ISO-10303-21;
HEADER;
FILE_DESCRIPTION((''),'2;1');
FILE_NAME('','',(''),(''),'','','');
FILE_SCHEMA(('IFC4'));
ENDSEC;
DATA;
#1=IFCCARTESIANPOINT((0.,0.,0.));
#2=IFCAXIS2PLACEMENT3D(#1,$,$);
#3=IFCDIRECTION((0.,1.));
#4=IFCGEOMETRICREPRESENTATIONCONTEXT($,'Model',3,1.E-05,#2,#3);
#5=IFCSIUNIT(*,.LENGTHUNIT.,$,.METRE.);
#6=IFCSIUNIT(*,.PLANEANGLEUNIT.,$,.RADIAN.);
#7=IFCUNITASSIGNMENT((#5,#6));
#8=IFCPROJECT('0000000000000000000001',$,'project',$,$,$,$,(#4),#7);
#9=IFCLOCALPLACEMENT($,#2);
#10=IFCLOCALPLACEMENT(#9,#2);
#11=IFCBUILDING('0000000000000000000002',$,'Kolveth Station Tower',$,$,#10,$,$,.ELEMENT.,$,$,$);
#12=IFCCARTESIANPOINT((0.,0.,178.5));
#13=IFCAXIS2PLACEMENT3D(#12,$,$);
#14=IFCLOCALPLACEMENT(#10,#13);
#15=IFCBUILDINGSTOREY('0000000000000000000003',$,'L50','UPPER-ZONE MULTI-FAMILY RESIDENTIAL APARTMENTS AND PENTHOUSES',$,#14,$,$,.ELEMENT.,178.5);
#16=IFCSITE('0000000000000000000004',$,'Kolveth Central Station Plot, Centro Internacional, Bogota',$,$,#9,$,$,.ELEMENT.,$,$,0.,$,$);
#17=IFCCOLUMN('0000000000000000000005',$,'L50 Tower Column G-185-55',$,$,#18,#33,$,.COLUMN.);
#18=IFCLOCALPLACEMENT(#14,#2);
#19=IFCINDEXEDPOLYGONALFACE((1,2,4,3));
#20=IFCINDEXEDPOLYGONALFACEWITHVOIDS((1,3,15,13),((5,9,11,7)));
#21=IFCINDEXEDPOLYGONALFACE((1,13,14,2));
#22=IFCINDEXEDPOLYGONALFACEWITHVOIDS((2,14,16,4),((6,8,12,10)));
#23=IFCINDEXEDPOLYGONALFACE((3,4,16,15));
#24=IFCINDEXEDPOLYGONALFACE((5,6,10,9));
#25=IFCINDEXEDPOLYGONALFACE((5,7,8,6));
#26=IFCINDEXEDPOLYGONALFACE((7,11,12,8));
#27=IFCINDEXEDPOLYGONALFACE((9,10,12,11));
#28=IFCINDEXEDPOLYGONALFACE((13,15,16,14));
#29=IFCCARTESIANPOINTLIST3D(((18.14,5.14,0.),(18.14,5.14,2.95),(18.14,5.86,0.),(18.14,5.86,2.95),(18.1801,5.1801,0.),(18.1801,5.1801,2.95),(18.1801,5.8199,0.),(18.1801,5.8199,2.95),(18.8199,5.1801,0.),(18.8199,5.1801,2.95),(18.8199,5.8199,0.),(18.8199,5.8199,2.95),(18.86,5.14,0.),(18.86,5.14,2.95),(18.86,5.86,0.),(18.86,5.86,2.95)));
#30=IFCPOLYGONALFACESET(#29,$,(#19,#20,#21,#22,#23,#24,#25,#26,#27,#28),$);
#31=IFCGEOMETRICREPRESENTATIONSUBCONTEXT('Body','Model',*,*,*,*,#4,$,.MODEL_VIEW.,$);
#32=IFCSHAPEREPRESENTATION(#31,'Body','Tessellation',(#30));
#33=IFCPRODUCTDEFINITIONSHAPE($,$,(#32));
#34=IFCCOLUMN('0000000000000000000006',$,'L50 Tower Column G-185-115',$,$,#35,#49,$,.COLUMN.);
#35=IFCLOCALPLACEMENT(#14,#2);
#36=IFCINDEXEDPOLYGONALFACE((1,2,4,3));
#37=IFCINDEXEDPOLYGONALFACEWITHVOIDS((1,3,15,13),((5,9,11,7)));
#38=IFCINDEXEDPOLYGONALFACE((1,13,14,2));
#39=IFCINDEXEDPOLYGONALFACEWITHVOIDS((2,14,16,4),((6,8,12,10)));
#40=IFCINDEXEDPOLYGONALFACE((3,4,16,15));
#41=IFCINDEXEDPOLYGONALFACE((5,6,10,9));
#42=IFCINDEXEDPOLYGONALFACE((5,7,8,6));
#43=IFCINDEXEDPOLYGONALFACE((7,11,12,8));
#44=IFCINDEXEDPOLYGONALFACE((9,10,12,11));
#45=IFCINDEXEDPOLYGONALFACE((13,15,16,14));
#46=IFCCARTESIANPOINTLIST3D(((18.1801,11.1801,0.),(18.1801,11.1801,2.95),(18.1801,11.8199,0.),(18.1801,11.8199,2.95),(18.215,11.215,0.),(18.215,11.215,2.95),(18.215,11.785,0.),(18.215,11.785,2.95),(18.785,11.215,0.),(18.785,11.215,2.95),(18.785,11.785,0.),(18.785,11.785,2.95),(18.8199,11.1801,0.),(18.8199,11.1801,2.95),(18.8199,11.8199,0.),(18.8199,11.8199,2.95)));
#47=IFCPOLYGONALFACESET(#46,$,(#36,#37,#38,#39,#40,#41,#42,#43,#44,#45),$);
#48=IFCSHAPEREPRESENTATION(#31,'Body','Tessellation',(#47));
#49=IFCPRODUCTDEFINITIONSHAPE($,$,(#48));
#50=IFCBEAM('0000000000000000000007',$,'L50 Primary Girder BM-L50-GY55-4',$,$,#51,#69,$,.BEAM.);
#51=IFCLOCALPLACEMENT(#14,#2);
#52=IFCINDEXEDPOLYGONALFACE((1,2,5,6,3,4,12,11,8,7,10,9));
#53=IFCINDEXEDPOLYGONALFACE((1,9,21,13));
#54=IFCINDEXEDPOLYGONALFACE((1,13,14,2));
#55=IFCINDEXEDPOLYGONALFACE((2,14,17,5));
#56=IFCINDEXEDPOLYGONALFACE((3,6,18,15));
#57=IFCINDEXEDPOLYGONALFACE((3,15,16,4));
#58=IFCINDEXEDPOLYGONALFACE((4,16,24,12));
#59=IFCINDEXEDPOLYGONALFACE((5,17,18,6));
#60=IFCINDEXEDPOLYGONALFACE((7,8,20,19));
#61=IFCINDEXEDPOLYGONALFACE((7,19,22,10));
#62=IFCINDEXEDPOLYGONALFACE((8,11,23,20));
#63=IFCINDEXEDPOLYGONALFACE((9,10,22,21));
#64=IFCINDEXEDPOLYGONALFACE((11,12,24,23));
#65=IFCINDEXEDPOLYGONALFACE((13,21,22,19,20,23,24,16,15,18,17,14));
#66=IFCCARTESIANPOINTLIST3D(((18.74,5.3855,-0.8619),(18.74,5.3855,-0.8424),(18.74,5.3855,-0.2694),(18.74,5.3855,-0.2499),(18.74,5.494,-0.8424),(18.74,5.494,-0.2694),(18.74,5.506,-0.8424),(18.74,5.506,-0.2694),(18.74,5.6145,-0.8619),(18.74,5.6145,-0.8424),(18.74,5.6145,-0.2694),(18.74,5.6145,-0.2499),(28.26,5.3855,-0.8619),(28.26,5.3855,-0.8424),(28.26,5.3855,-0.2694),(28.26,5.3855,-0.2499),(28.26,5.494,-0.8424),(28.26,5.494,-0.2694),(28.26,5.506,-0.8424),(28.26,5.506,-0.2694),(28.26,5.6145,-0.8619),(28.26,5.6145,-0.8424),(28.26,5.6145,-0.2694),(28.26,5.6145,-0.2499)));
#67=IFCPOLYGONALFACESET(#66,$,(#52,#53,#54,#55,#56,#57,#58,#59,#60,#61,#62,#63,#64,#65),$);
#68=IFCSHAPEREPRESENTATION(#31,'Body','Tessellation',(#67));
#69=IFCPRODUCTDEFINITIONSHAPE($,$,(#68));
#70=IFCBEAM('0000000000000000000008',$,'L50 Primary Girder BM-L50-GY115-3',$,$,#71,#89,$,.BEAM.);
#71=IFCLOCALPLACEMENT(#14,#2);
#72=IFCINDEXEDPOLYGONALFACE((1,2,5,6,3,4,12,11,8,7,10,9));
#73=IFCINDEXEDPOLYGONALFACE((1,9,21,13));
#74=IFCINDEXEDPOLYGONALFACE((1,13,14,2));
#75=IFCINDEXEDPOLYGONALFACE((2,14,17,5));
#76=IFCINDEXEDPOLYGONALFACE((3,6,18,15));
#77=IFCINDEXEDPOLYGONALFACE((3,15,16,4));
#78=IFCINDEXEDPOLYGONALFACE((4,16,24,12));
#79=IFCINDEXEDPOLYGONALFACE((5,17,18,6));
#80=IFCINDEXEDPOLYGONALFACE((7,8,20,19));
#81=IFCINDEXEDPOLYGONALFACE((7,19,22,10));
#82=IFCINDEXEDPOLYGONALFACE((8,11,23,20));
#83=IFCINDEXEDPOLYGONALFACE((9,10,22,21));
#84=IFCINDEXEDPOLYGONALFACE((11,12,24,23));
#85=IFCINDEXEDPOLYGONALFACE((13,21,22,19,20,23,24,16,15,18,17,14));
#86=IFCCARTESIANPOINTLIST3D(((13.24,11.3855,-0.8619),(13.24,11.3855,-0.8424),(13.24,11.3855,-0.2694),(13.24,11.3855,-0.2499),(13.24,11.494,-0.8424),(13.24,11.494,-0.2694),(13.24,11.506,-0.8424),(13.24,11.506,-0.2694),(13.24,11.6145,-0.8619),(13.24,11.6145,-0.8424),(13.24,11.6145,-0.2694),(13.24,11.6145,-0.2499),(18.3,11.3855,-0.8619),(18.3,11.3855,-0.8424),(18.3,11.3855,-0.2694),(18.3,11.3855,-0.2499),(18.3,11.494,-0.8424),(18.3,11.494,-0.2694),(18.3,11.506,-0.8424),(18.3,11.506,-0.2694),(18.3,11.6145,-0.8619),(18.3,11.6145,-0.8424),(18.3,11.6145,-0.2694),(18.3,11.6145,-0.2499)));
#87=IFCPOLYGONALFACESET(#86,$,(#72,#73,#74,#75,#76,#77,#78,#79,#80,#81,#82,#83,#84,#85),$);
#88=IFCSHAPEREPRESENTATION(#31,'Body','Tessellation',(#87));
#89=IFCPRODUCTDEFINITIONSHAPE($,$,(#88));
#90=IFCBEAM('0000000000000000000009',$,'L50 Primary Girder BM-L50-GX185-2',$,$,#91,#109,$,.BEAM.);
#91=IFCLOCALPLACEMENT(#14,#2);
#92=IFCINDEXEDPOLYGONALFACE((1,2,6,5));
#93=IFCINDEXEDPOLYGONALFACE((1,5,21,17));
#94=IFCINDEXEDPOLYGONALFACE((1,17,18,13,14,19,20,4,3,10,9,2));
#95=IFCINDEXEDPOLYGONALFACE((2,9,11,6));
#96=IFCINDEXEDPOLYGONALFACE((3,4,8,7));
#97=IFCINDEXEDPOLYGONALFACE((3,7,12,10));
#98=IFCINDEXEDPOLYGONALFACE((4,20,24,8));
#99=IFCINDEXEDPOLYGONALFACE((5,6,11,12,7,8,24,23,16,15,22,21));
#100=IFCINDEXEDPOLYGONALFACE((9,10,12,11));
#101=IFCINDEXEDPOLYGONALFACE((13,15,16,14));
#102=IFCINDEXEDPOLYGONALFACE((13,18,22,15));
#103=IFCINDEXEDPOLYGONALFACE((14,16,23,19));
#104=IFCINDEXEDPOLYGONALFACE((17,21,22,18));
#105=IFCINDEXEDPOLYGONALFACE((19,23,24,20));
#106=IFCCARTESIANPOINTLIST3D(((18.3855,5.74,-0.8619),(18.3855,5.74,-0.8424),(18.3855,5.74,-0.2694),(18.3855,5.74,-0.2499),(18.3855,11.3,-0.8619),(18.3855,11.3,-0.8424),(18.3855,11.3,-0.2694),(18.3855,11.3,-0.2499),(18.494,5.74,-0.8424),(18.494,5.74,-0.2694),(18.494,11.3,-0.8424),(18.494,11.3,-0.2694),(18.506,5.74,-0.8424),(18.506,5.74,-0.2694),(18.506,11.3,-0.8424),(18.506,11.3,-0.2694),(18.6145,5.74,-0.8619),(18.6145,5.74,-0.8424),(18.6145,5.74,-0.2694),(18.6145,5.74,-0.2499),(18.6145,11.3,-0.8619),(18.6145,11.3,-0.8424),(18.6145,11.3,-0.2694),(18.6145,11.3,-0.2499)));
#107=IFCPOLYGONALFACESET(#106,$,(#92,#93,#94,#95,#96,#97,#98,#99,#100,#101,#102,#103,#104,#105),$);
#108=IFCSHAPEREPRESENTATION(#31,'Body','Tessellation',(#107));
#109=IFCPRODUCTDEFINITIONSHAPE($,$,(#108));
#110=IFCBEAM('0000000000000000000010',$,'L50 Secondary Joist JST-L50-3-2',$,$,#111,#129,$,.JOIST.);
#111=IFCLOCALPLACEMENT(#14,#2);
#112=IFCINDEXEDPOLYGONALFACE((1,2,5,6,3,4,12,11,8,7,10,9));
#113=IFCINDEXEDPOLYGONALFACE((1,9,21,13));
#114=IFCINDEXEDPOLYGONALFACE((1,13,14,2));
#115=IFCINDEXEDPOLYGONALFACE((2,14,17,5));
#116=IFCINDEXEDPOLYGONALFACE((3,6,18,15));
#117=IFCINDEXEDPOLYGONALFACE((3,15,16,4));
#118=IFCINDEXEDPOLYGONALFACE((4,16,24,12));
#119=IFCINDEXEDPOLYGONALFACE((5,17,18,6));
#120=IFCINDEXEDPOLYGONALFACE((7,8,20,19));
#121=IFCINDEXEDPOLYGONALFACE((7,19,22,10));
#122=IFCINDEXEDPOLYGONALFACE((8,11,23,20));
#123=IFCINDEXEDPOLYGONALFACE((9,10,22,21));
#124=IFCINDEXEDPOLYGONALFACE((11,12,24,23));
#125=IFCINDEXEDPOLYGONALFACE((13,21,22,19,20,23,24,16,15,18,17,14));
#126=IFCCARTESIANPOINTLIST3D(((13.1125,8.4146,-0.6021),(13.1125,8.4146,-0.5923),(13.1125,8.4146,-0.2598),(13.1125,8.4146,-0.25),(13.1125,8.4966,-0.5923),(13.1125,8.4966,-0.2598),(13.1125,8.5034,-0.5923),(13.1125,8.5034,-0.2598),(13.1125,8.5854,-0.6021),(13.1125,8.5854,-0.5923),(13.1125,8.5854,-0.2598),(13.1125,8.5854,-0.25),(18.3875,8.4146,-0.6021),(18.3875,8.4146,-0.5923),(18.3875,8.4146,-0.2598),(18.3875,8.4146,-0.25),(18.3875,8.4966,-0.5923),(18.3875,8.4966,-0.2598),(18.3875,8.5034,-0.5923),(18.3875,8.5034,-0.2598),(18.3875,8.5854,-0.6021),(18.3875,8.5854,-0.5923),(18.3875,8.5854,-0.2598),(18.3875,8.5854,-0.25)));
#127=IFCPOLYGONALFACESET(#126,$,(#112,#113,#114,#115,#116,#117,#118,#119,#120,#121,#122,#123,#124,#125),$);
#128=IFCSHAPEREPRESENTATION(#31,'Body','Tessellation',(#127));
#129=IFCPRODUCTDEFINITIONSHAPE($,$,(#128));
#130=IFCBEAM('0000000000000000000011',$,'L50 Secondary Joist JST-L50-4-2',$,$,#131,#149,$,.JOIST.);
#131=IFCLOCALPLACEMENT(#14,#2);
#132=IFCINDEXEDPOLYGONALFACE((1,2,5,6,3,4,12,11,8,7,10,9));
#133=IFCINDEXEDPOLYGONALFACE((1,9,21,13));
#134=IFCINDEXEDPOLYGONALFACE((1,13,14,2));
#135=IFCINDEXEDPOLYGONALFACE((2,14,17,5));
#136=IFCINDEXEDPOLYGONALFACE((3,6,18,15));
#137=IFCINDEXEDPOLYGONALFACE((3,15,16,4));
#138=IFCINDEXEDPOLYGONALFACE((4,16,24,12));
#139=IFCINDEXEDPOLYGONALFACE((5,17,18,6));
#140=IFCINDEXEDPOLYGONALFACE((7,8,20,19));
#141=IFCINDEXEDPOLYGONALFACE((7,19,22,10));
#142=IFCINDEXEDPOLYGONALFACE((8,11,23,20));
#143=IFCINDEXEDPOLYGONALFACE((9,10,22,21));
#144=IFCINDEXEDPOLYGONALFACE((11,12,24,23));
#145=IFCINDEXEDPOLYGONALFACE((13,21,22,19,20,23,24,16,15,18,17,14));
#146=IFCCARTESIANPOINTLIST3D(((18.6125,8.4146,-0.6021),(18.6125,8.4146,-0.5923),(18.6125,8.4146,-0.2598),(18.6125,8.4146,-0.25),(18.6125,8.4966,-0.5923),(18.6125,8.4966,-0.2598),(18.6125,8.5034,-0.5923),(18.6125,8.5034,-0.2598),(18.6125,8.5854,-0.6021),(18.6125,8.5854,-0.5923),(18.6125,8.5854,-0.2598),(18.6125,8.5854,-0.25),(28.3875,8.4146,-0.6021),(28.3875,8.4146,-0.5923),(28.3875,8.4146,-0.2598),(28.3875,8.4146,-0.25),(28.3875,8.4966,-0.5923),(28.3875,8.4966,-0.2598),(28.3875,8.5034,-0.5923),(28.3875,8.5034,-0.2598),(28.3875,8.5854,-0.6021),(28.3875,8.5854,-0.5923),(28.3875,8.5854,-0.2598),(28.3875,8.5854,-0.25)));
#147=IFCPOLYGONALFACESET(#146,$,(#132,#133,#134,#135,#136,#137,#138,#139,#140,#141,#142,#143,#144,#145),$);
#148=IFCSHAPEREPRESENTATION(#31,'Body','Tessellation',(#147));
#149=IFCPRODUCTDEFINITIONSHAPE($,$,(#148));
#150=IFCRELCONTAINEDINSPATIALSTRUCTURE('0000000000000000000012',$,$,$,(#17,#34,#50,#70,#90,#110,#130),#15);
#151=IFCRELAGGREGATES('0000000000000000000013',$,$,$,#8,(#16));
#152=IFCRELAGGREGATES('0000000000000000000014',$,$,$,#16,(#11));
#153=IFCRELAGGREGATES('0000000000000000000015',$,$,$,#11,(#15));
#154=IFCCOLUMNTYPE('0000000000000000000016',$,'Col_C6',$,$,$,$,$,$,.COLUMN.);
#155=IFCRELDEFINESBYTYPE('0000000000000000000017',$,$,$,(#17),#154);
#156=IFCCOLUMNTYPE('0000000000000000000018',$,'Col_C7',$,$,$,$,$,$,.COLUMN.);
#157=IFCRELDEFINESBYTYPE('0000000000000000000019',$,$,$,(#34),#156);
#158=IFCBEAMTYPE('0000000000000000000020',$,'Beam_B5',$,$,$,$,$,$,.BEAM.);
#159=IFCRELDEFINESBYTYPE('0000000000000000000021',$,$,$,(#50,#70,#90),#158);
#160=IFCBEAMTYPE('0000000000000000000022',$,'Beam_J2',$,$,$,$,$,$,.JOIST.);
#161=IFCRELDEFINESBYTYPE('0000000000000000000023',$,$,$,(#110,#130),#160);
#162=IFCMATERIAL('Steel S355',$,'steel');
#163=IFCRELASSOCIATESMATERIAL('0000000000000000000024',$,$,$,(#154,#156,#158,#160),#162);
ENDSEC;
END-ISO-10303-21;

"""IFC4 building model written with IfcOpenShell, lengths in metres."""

from ifc_helpers import new_model, si_unit, direction, frame, origin, origin_2d, place, context, subcontext, project, spatial, hollow_rectangle, i_section, extrude, source, transform, mapped, material, material_profile, profile_set, type_object, element, save


model = new_model("IFC4")

# Units and contexts
model_context = context("Model", 3, precision=1e-05, world=origin(), true_north=direction((0.0, 1.0)))
body_context = subcontext(model_context, "Body", "Model", "MODEL_VIEW")
ifc_project = project(units=[si_unit("LENGTHUNIT", "METRE"), si_unit("PLANEANGLEUNIT", "RADIAN")], contexts=[model_context])

# Site, building, storey
site_placement = place(None, origin())
site = spatial("IfcSite", under=ifc_project, at=site_placement, Name="Kolveth Central Station Plot, Centro Internacional, Bogota", CompositionType="ELEMENT", RefElevation=0.0)
building_placement = place(site_placement, origin())
building = spatial("IfcBuilding", under=site, at=building_placement, Name="Kolveth Station Tower", CompositionType="ELEMENT")
storey_placement = place(building_placement, frame((0.0, 0.0, 178.5)))
storey = spatial("IfcBuildingStorey", under=building, at=storey_placement, Name="L50", Description="UPPER-ZONE MULTI-FAMILY RESIDENTIAL APARTMENTS AND PENTHOUSES", CompositionType="ELEMENT", Elevation=178.5)

# Columns
ifc_material_1 = material(Name="Steel S355", Category="steel")
ifc_material_profile_1 = material_profile(ifc_material_1, hollow_rectangle(XDim=0.72, YDim=0.72, WallThickness=0.04, at=origin_2d()), Name="BOX720x720x40")
ifc_profile_set_1 = profile_set([ifc_material_profile_1], Name="Steel S355")
column_type_1 = type_object("IfcColumnType", Name="Col_C6", PredefinedType="COLUMN", material=ifc_profile_set_1)
shared_shape_1 = source(origin(), body_context, "Body", "SweptSolid", [
    extrude(hollow_rectangle(XDim=0.72, YDim=0.72, WallThickness=0.04, at=origin_2d()), origin(), (0.0, 0.0, 1.0), 2.95),
])
column_1_placement = place(storey_placement, frame((18.5, 5.5, 0.0), z_axis=(0.0, 0.0, 1.0), x_axis=(1.0, 0.0, 0.0)))
element("IfcColumn", 1, at=column_1_placement, inside=storey, type_object=column_type_1, Name="L50 Tower Column G-185-55", PredefinedType="COLUMN", context=body_context, shape_type="MappedRepresentation", body=[
    mapped(shared_shape_1, transform((0.0, 0.0, 0.0), x_axis=(1.0, 0.0, 0.0), y_axis=(0.0, 1.0, 0.0), z_axis=(0.0, 0.0, 1.0), scale=1.0)),
])
ifc_material_profile_2 = material_profile(ifc_material_1, hollow_rectangle(XDim=0.6399, YDim=0.6399, WallThickness=0.0349, at=origin_2d()), Name="BOX640x640x35")
ifc_profile_set_2 = profile_set([ifc_material_profile_2], Name="Steel S355")
column_type_2 = type_object("IfcColumnType", Name="Col_C7", PredefinedType="COLUMN", material=ifc_profile_set_2)
shared_shape_2 = source(origin(), body_context, "Body", "SweptSolid", [
    extrude(hollow_rectangle(XDim=0.6399, YDim=0.6399, WallThickness=0.0349, at=origin_2d()), origin(), (0.0, 0.0, 1.0), 2.95),
])
column_2_placement = place(storey_placement, frame((18.5, 11.5, 0.0), z_axis=(0.0, 0.0, 1.0), x_axis=(1.0, 0.0, 0.0)))
element("IfcColumn", 2, at=column_2_placement, inside=storey, type_object=column_type_2, Name="L50 Tower Column G-185-115", PredefinedType="COLUMN", context=body_context, shape_type="MappedRepresentation", body=[
    mapped(shared_shape_2, transform((0.0, 0.0, 0.0), x_axis=(1.0, 0.0, 0.0), y_axis=(0.0, 1.0, 0.0), z_axis=(0.0, 0.0, 1.0), scale=1.0)),
])

# Beams
ifc_material_profile_3 = material_profile(ifc_material_1, i_section(OverallWidth=0.229, OverallDepth=0.6121, WebThickness=0.012, FlangeThickness=0.0195, at=origin_2d()), Name="W610x125")
ifc_profile_set_3 = profile_set([ifc_material_profile_3], Name="Steel S355")
beam_type_1 = type_object("IfcBeamType", Name="Beam_B5", PredefinedType="BEAM", material=ifc_profile_set_3)
shared_shape_3 = source(origin(), body_context, "Body", "SweptSolid", [
    extrude(i_section(OverallWidth=0.229, OverallDepth=0.6121, WebThickness=0.012, FlangeThickness=0.0195, at=origin_2d()), origin(), (0.0, 0.0, 1.0), 9.52),
])
beam_1_placement = place(storey_placement, frame((18.74, 5.5, -0.5559), z_axis=(1.0, 0.0, 0.0), x_axis=(0.0, 1.0, 0.0)))
element("IfcBeam", 3, at=beam_1_placement, inside=storey, type_object=beam_type_1, Name="L50 Primary Girder BM-L50-GY55-4", PredefinedType="BEAM", context=body_context, shape_type="MappedRepresentation", body=[
    mapped(shared_shape_3, transform((0.0, 0.0, 0.0), x_axis=(1.0, 0.0, 0.0), y_axis=(0.0, 1.0, 0.0), z_axis=(0.0, 0.0, 1.0), scale=1.0)),
])
shared_shape_4 = source(origin(), body_context, "Body", "SweptSolid", [
    extrude(i_section(OverallWidth=0.229, OverallDepth=0.6121, WebThickness=0.012, FlangeThickness=0.0195, at=origin_2d()), origin(), (0.0, 0.0, 1.0), 5.0601),
])
beam_2_placement = place(storey_placement, frame((13.24, 11.5, -0.5559), z_axis=(1.0, 0.0, 0.0), x_axis=(0.0, 1.0, 0.0)))
element("IfcBeam", 4, at=beam_2_placement, inside=storey, type_object=beam_type_1, Name="L50 Primary Girder BM-L50-GY115-3", PredefinedType="BEAM", context=body_context, shape_type="MappedRepresentation", body=[
    mapped(shared_shape_4, transform((0.0, 0.0, 0.0), x_axis=(1.0, 0.0, 0.0), y_axis=(0.0, 1.0, 0.0), z_axis=(0.0, 0.0, 1.0), scale=1.0)),
])
shared_shape_5 = source(origin(), body_context, "Body", "SweptSolid", [
    extrude(i_section(OverallWidth=0.229, OverallDepth=0.6121, WebThickness=0.012, FlangeThickness=0.0195, at=origin_2d()), origin(), (0.0, 0.0, 1.0), 5.5601),
])
beam_3_placement = place(storey_placement, frame((18.5, 5.74, -0.5559), z_axis=(0.0, 1.0, 0.0), x_axis=(-1.0, 0.0, 0.0)))
element("IfcBeam", 5, at=beam_3_placement, inside=storey, type_object=beam_type_1, Name="L50 Primary Girder BM-L50-GX185-2", PredefinedType="BEAM", context=body_context, shape_type="MappedRepresentation", body=[
    mapped(shared_shape_5, transform((0.0, 0.0, 0.0), x_axis=(1.0, 0.0, 0.0), y_axis=(0.0, 1.0, 0.0), z_axis=(0.0, 0.0, 1.0), scale=1.0)),
])
ifc_material_profile_4 = material_profile(ifc_material_1, i_section(OverallWidth=0.1709, OverallDepth=0.3521, WebThickness=0.0068, FlangeThickness=0.0098, at=origin_2d()), Name="W360x44")
ifc_profile_set_4 = profile_set([ifc_material_profile_4], Name="Steel S355")
beam_type_2 = type_object("IfcBeamType", Name="Beam_J2", PredefinedType="JOIST", material=ifc_profile_set_4)
shared_shape_6 = source(origin(), body_context, "Body", "SweptSolid", [
    extrude(i_section(OverallWidth=0.1709, OverallDepth=0.3521, WebThickness=0.0068, FlangeThickness=0.0098, at=origin_2d()), origin(), (0.0, 0.0, 1.0), 5.2749),
])
beam_4_placement = place(storey_placement, frame((13.1125, 8.5, -0.426), z_axis=(1.0, 0.0, 0.0), x_axis=(0.0, 1.0, 0.0)))
element("IfcBeam", 6, at=beam_4_placement, inside=storey, type_object=beam_type_2, Name="L50 Secondary Joist JST-L50-3-2", PredefinedType="JOIST", context=body_context, shape_type="MappedRepresentation", body=[
    mapped(shared_shape_6, transform((0.0, 0.0, 0.0), x_axis=(1.0, 0.0, 0.0), y_axis=(0.0, 1.0, 0.0), z_axis=(0.0, 0.0, 1.0), scale=1.0)),
])
shared_shape_7 = source(origin(), body_context, "Body", "SweptSolid", [
    extrude(i_section(OverallWidth=0.1709, OverallDepth=0.3521, WebThickness=0.0068, FlangeThickness=0.0098, at=origin_2d()), origin(), (0.0, 0.0, 1.0), 9.7749),
])
beam_5_placement = place(storey_placement, frame((18.6125, 8.5, -0.426), z_axis=(1.0, 0.0, 0.0), x_axis=(0.0, 1.0, 0.0)))
element("IfcBeam", 7, at=beam_5_placement, inside=storey, type_object=beam_type_2, Name="L50 Secondary Joist JST-L50-4-2", PredefinedType="JOIST", context=body_context, shape_type="MappedRepresentation", body=[
    mapped(shared_shape_7, transform((0.0, 0.0, 0.0), x_axis=(1.0, 0.0, 0.0), y_axis=(0.0, 1.0, 0.0), z_axis=(0.0, 0.0, 1.0), scale=1.0)),
])

save(model, "model.ifc")
